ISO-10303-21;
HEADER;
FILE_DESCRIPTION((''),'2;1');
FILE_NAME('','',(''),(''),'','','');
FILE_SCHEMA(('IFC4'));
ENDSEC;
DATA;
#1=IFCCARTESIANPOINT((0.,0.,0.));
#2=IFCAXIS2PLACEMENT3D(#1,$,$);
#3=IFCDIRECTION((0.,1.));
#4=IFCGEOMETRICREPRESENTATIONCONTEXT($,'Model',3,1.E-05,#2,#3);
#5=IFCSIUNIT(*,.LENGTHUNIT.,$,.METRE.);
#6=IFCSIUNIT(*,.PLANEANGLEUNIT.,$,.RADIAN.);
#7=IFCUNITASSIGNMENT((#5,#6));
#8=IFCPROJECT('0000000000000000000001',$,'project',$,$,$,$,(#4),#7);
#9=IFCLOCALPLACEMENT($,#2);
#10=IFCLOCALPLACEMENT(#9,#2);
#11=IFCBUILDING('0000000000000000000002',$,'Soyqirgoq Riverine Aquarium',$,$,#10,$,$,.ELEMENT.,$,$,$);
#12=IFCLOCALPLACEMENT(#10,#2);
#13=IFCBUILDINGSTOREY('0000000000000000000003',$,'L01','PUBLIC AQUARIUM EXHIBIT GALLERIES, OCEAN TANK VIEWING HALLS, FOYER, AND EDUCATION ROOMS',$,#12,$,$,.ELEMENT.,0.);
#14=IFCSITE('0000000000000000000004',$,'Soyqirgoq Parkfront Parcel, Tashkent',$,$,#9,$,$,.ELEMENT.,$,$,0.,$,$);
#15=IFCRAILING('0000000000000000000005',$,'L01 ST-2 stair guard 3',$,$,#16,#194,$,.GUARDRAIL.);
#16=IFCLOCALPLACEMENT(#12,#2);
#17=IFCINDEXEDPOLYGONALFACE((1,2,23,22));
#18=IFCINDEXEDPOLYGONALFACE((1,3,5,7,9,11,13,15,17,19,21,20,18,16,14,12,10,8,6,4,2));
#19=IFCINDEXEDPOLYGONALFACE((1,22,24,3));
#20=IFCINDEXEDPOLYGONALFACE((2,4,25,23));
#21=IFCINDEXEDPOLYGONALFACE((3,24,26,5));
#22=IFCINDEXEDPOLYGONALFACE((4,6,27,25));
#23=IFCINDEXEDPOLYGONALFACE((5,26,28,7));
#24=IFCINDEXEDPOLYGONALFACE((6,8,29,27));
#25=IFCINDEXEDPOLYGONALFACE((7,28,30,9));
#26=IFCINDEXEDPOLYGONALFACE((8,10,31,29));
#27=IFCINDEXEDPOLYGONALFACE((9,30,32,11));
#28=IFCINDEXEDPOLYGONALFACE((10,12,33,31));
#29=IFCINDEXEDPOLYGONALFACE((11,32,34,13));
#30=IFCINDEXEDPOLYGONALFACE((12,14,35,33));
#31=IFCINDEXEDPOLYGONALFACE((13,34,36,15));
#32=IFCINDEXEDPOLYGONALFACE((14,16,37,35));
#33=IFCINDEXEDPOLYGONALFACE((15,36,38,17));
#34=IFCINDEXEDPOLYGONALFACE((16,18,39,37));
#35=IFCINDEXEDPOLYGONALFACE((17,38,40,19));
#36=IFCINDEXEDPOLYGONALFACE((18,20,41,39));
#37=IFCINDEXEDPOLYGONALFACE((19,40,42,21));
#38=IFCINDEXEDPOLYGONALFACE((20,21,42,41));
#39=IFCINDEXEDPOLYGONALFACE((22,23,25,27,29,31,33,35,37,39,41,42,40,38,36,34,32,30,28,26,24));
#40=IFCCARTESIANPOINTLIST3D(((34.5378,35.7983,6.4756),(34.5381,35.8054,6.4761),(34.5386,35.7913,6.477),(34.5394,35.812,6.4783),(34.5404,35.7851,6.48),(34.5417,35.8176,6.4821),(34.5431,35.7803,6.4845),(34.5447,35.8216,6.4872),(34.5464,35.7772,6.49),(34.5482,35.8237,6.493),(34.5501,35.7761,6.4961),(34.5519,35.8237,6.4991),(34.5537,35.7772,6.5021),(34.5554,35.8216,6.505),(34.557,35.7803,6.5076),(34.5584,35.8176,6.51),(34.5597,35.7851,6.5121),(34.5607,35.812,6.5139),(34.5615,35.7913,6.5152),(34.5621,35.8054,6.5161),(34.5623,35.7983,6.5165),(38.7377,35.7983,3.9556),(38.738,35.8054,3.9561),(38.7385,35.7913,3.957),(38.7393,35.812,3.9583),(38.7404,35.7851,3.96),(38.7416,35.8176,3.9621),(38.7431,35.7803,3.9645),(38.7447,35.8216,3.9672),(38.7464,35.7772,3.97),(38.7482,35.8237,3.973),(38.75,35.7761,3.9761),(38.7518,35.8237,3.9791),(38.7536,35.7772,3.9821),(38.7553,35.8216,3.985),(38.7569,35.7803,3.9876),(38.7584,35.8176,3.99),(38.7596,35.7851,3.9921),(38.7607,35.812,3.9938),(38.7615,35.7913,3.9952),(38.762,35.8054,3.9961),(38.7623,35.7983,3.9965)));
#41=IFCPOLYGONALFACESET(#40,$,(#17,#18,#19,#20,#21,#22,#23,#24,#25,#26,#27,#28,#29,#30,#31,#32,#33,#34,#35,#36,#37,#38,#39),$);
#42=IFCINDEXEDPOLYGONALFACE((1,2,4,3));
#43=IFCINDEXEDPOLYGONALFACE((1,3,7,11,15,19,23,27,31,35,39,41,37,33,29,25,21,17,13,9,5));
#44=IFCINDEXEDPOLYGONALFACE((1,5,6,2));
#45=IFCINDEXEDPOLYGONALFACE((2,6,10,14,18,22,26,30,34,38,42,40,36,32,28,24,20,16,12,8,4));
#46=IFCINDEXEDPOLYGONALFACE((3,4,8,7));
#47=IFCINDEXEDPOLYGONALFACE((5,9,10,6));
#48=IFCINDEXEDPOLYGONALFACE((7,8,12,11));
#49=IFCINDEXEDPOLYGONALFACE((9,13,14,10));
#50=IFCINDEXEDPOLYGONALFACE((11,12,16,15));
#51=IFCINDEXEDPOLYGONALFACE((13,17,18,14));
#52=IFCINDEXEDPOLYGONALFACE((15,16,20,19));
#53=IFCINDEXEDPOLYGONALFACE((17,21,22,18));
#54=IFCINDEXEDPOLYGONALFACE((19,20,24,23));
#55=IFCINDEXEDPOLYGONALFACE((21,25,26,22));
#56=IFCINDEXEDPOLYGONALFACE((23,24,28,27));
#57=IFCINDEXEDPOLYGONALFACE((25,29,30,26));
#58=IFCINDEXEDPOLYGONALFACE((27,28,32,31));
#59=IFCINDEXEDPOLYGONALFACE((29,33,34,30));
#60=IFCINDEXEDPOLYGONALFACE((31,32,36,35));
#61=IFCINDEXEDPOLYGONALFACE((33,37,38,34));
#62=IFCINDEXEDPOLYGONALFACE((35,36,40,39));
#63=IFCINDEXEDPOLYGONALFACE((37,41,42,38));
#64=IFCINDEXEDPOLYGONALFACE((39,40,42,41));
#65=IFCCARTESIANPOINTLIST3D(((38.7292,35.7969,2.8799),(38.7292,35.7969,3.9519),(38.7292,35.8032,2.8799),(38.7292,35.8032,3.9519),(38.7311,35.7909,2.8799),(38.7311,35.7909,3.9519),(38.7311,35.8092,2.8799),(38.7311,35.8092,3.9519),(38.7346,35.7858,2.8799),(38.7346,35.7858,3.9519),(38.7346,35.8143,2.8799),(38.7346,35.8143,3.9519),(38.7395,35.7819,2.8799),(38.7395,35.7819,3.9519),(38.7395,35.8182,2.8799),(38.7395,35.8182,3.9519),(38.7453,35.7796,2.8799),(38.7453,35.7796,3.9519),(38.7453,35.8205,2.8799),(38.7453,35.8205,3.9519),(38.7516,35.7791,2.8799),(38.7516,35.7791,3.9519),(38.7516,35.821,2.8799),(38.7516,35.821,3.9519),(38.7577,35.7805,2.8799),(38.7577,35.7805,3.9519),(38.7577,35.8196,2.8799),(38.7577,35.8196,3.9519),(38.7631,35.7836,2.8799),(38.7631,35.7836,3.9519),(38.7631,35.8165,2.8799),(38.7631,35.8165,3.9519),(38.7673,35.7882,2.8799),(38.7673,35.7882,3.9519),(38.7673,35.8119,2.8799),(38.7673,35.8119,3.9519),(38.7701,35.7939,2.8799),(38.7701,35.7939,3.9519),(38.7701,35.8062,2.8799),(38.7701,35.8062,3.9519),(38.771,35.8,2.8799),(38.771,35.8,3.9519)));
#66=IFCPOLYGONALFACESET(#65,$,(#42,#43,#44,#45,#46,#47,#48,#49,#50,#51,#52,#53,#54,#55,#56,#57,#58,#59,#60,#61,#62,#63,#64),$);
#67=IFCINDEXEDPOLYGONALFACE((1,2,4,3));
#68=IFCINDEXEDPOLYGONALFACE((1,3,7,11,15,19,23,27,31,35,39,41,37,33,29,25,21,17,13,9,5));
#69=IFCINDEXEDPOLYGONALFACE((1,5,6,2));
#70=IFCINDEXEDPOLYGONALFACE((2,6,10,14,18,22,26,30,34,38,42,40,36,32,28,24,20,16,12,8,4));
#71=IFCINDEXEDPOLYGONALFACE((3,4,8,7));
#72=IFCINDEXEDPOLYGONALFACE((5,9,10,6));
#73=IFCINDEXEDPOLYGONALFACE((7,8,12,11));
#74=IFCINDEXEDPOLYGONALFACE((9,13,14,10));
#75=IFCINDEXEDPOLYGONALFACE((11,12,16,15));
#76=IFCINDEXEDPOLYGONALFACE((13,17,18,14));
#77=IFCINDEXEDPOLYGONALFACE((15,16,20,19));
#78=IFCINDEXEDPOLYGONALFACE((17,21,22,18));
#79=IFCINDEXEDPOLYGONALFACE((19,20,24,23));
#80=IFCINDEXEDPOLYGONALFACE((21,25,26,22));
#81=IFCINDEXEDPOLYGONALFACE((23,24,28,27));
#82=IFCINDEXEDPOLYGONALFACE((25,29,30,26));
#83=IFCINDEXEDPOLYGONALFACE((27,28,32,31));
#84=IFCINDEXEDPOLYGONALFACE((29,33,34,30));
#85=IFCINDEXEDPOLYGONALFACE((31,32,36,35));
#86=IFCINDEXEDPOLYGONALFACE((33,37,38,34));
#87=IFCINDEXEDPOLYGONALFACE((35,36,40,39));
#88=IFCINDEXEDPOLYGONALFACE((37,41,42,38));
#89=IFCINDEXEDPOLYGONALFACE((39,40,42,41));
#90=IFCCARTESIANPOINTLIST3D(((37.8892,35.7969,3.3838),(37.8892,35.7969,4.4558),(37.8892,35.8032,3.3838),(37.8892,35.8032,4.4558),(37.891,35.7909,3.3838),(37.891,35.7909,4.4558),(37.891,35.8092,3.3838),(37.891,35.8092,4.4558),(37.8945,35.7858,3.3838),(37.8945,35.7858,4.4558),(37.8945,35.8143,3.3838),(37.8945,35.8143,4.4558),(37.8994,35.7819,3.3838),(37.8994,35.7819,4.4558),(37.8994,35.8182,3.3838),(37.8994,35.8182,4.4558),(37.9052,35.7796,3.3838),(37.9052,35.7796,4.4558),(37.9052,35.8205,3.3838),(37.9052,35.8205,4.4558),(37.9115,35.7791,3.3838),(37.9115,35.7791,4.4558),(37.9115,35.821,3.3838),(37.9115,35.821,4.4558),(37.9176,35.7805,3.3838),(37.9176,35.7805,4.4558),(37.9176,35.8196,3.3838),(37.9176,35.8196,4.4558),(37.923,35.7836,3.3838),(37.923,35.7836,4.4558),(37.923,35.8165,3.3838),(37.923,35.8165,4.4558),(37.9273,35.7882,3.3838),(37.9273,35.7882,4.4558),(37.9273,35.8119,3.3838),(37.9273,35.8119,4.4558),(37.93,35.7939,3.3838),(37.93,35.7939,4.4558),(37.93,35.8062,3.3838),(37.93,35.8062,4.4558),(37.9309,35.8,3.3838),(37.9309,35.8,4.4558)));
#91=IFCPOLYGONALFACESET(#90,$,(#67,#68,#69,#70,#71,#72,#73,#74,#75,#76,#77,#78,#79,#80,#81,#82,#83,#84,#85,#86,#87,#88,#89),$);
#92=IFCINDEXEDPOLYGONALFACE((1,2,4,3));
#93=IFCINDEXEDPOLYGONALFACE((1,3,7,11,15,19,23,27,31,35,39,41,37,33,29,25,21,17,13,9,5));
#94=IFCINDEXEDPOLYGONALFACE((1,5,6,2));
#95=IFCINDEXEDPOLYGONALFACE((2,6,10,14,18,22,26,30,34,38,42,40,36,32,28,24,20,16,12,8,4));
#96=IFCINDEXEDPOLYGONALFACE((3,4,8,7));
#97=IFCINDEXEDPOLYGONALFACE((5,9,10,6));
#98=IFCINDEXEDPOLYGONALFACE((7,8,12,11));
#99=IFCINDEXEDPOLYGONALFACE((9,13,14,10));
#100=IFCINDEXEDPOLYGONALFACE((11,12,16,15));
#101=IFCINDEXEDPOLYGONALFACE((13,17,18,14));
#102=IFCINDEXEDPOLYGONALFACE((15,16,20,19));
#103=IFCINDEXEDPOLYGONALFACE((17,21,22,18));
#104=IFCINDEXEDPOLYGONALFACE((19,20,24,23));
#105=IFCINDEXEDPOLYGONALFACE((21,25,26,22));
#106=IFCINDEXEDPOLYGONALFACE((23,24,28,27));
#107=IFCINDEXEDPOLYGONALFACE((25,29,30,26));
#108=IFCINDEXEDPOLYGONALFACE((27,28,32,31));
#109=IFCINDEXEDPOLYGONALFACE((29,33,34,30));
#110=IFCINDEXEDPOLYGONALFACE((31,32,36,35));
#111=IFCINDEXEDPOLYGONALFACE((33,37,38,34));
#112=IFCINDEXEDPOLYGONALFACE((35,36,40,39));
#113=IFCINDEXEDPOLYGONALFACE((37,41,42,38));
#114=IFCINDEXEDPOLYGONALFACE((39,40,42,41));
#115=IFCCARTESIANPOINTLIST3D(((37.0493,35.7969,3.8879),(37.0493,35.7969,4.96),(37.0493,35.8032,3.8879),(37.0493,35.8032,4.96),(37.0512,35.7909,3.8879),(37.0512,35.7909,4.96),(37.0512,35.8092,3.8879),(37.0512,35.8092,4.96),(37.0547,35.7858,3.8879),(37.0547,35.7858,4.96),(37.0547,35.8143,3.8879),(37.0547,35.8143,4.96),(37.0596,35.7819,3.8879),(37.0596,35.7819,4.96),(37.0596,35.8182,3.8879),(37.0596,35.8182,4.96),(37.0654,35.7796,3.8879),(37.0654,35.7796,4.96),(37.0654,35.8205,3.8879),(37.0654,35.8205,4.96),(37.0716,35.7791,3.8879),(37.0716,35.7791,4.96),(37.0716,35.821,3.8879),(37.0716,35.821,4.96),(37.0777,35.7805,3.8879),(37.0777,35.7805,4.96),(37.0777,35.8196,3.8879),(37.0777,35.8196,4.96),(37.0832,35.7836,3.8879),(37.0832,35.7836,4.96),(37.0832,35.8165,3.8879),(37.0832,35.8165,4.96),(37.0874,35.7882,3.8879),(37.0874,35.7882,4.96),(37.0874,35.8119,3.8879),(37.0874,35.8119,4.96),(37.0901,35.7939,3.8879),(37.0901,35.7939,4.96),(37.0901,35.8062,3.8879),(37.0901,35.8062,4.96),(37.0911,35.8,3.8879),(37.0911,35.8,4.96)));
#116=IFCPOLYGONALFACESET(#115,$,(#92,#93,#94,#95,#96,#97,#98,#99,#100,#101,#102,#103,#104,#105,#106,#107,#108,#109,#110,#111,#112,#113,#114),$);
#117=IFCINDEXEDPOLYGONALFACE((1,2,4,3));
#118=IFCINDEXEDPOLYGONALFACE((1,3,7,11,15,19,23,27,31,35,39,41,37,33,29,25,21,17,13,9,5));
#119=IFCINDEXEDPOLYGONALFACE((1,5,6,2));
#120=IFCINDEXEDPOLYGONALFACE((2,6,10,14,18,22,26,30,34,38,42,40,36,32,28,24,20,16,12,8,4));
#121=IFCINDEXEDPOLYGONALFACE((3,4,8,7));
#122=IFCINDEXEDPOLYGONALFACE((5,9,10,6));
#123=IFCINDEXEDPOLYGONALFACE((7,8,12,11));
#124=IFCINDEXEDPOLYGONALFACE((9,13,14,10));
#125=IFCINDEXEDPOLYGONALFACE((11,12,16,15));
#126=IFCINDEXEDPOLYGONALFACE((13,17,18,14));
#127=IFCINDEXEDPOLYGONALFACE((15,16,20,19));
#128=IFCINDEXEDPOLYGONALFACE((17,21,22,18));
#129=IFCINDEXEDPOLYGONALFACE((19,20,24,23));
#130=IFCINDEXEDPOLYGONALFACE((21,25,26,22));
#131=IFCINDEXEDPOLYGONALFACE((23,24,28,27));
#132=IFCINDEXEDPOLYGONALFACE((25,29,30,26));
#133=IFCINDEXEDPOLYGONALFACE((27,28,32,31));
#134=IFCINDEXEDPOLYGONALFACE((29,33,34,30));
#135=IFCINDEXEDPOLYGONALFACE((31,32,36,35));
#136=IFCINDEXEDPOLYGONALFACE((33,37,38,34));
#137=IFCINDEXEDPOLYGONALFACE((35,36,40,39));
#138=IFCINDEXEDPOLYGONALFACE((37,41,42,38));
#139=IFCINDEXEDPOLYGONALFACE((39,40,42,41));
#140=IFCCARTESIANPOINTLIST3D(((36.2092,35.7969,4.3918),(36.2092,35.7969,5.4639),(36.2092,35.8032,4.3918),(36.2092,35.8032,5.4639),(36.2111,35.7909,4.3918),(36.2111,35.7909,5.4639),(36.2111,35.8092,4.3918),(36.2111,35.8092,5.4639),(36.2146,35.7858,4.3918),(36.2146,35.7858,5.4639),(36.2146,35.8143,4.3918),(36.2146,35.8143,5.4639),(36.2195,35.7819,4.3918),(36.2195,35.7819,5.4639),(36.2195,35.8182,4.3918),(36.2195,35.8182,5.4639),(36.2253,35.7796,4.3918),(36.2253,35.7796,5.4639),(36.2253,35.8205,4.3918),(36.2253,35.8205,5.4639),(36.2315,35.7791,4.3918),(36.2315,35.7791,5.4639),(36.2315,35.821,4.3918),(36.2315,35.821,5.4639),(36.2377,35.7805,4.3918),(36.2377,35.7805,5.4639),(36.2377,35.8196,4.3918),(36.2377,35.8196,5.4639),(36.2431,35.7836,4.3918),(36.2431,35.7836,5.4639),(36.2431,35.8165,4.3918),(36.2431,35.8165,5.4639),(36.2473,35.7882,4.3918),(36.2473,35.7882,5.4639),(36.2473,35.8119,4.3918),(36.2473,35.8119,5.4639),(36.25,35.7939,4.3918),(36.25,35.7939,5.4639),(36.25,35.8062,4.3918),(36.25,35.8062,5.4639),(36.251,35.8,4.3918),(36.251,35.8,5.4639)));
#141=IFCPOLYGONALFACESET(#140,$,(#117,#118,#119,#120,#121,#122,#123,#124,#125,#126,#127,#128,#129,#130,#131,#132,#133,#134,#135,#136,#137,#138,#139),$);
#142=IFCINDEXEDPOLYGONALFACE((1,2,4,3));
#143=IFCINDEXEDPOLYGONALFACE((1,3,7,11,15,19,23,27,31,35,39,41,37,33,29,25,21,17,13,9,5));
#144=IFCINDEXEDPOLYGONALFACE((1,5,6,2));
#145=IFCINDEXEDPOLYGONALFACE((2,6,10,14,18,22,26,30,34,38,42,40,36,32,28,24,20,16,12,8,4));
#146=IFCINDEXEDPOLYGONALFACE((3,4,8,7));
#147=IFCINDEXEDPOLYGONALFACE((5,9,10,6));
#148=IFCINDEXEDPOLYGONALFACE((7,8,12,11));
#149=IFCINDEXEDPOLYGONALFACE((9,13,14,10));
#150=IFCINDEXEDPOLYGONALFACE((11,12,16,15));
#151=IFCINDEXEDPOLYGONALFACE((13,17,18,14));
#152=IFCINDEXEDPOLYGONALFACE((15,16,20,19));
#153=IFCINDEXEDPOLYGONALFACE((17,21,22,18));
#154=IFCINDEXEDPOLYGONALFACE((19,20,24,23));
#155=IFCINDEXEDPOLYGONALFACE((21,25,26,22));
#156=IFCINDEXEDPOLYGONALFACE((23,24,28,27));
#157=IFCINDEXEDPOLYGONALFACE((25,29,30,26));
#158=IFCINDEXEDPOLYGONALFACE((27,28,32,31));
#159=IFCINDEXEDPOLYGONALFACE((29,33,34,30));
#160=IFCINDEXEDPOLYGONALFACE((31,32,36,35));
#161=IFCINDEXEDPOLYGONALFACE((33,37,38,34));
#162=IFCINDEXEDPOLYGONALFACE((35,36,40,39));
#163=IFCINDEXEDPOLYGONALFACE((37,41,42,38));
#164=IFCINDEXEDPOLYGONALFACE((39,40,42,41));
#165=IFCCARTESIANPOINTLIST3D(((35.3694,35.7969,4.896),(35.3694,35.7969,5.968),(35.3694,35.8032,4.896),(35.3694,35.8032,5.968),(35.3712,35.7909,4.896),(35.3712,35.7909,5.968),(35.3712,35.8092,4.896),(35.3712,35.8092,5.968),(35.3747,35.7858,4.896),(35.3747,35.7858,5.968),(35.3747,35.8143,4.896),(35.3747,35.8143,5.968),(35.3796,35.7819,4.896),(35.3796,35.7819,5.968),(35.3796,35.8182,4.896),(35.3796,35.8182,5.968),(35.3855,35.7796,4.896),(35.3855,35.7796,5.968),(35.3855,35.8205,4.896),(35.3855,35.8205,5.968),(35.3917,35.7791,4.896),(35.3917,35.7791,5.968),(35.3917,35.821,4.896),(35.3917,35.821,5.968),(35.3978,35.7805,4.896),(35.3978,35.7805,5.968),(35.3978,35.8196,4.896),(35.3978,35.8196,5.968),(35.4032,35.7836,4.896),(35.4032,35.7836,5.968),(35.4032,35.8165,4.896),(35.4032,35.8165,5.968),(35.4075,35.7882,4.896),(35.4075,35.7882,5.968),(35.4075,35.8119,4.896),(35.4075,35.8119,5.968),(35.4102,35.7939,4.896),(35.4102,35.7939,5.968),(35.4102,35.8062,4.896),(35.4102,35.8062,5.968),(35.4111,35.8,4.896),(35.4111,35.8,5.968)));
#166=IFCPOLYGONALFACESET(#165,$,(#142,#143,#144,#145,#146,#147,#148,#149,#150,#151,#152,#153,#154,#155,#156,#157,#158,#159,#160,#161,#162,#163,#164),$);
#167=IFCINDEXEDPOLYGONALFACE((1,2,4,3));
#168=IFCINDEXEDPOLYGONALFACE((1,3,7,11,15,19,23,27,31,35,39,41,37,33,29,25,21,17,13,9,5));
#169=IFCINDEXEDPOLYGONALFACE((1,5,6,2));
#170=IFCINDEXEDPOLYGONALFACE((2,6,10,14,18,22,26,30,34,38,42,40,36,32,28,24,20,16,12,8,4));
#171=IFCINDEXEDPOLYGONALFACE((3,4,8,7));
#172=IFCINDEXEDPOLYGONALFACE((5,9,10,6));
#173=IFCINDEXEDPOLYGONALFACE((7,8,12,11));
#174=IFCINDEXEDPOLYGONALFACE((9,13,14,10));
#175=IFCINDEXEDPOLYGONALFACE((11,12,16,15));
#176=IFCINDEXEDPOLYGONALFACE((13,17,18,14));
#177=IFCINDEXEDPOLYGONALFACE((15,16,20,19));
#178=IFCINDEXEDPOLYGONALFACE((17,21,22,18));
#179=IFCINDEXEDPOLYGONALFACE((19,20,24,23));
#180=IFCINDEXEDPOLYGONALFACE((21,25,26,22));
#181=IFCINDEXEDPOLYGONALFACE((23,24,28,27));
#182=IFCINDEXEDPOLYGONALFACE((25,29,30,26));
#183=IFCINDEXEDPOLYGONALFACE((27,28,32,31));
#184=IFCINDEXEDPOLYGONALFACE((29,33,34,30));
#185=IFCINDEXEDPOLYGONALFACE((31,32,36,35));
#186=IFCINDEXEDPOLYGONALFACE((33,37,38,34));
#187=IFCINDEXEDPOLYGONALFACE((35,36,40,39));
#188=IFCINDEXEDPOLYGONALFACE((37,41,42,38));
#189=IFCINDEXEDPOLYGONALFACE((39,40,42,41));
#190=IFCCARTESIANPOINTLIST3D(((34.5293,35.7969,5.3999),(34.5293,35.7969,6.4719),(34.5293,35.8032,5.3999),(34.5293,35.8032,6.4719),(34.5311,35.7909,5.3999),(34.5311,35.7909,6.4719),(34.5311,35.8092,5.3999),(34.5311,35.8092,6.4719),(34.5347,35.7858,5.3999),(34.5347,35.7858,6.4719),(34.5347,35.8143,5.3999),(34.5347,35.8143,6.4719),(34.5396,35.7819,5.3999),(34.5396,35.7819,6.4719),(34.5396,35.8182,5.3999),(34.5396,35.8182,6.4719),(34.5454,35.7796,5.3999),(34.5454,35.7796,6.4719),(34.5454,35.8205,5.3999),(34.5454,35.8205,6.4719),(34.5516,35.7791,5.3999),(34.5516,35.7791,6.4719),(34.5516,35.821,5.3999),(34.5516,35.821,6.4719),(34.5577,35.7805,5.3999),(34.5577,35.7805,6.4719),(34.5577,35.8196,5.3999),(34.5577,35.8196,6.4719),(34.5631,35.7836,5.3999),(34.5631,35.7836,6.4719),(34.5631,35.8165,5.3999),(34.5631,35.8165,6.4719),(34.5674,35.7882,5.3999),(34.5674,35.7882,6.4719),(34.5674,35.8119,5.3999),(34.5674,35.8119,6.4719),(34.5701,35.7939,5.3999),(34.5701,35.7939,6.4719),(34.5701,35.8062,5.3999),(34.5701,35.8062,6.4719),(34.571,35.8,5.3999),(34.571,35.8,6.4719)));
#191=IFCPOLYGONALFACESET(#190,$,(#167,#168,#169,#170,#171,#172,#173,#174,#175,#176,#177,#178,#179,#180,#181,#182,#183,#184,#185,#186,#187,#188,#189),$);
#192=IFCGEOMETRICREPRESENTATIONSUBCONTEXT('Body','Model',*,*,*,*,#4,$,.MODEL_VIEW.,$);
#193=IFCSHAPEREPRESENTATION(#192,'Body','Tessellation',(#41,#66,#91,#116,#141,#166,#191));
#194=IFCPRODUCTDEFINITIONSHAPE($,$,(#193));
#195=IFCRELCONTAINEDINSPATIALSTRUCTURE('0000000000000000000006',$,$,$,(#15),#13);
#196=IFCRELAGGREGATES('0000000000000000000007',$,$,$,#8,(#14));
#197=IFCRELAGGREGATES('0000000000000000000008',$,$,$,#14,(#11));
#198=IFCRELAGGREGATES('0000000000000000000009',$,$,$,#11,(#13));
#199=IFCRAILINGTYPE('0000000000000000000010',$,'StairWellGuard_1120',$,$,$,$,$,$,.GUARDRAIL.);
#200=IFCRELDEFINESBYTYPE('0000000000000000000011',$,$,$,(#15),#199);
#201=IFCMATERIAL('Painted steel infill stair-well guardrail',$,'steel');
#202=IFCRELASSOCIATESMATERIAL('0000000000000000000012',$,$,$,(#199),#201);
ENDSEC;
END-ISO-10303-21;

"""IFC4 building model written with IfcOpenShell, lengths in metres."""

from ifc_helpers import new_model, si_unit, direction, frame, origin, origin_2d, place, context, subcontext, project, spatial, circle, extrude, material, type_object, element, save


model = new_model("IFC4")

# Units and contexts
model_context = context("Model", 3, precision=1e-05, world=origin(), true_north=direction((0.0, 1.0)))
body_context = subcontext(model_context, "Body", "Model", "MODEL_VIEW")
ifc_project = project(units=[si_unit("LENGTHUNIT", "METRE"), si_unit("PLANEANGLEUNIT", "RADIAN")], contexts=[model_context])

# Site, building, storey
site_placement = place(None, origin())
site = spatial("IfcSite", under=ifc_project, at=site_placement, Name="Soyqirgoq Parkfront Parcel, Tashkent", CompositionType="ELEMENT", RefElevation=0.0)
building_placement = place(site_placement, origin())
building = spatial("IfcBuilding", under=site, at=building_placement, Name="Soyqirgoq Riverine Aquarium", CompositionType="ELEMENT")
storey_placement = place(building_placement, origin())
storey = spatial("IfcBuildingStorey", under=building, at=storey_placement, Name="L01", Description="PUBLIC AQUARIUM EXHIBIT GALLERIES, OCEAN TANK VIEWING HALLS, FOYER, AND EDUCATION ROOMS", CompositionType="ELEMENT", Elevation=0.0)

# Railing
ifc_material_1 = material(Name="Painted steel infill stair-well guardrail", Category="steel")
railing_type_1 = type_object("IfcRailingType", Name="StairWellGuard_1120", PredefinedType="GUARDRAIL", material=ifc_material_1)
railing_1_placement = place(storey_placement, frame((38.75, 35.8, 2.8799)))
element("IfcRailing", 1, at=railing_1_placement, inside=storey, type_object=railing_type_1, Name="L01 ST-2 stair guard 3", PredefinedType="GUARDRAIL", context=body_context, shape_type="SweptSolid", body=[
    extrude(circle(Radius=0.0239, at=origin_2d()), frame((0.0, 0.0, 1.0962), z_axis=(-0.857489, 0.0, 0.514503), x_axis=(0.0, -1.0, 0.0)), (0.0, 0.0, 1.0), 4.8979),
    extrude(circle(Radius=0.021, at=origin_2d()), origin(), (0.0, 0.0, 1.0), 1.072),
    extrude(circle(Radius=0.021, at=origin_2d()), frame((-0.8401, 0.0, 0.5039)), (0.0, 0.0, 1.0), 1.072),
    extrude(circle(Radius=0.021, at=origin_2d()), frame((-1.6799, 0.0, 1.0081)), (0.0, 0.0, 1.0), 1.072),
    extrude(circle(Radius=0.021, at=origin_2d()), frame((-2.52, 0.0, 1.512)), (0.0, 0.0, 1.0), 1.072),
    extrude(circle(Radius=0.021, at=origin_2d()), frame((-3.3599, 0.0, 2.0161)), (0.0, 0.0, 1.0), 1.072),
    extrude(circle(Radius=0.021, at=origin_2d()), frame((-4.2, 0.0, 2.52)), (0.0, 0.0, 1.0), 1.072),
])

save(model, "model.ifc")
